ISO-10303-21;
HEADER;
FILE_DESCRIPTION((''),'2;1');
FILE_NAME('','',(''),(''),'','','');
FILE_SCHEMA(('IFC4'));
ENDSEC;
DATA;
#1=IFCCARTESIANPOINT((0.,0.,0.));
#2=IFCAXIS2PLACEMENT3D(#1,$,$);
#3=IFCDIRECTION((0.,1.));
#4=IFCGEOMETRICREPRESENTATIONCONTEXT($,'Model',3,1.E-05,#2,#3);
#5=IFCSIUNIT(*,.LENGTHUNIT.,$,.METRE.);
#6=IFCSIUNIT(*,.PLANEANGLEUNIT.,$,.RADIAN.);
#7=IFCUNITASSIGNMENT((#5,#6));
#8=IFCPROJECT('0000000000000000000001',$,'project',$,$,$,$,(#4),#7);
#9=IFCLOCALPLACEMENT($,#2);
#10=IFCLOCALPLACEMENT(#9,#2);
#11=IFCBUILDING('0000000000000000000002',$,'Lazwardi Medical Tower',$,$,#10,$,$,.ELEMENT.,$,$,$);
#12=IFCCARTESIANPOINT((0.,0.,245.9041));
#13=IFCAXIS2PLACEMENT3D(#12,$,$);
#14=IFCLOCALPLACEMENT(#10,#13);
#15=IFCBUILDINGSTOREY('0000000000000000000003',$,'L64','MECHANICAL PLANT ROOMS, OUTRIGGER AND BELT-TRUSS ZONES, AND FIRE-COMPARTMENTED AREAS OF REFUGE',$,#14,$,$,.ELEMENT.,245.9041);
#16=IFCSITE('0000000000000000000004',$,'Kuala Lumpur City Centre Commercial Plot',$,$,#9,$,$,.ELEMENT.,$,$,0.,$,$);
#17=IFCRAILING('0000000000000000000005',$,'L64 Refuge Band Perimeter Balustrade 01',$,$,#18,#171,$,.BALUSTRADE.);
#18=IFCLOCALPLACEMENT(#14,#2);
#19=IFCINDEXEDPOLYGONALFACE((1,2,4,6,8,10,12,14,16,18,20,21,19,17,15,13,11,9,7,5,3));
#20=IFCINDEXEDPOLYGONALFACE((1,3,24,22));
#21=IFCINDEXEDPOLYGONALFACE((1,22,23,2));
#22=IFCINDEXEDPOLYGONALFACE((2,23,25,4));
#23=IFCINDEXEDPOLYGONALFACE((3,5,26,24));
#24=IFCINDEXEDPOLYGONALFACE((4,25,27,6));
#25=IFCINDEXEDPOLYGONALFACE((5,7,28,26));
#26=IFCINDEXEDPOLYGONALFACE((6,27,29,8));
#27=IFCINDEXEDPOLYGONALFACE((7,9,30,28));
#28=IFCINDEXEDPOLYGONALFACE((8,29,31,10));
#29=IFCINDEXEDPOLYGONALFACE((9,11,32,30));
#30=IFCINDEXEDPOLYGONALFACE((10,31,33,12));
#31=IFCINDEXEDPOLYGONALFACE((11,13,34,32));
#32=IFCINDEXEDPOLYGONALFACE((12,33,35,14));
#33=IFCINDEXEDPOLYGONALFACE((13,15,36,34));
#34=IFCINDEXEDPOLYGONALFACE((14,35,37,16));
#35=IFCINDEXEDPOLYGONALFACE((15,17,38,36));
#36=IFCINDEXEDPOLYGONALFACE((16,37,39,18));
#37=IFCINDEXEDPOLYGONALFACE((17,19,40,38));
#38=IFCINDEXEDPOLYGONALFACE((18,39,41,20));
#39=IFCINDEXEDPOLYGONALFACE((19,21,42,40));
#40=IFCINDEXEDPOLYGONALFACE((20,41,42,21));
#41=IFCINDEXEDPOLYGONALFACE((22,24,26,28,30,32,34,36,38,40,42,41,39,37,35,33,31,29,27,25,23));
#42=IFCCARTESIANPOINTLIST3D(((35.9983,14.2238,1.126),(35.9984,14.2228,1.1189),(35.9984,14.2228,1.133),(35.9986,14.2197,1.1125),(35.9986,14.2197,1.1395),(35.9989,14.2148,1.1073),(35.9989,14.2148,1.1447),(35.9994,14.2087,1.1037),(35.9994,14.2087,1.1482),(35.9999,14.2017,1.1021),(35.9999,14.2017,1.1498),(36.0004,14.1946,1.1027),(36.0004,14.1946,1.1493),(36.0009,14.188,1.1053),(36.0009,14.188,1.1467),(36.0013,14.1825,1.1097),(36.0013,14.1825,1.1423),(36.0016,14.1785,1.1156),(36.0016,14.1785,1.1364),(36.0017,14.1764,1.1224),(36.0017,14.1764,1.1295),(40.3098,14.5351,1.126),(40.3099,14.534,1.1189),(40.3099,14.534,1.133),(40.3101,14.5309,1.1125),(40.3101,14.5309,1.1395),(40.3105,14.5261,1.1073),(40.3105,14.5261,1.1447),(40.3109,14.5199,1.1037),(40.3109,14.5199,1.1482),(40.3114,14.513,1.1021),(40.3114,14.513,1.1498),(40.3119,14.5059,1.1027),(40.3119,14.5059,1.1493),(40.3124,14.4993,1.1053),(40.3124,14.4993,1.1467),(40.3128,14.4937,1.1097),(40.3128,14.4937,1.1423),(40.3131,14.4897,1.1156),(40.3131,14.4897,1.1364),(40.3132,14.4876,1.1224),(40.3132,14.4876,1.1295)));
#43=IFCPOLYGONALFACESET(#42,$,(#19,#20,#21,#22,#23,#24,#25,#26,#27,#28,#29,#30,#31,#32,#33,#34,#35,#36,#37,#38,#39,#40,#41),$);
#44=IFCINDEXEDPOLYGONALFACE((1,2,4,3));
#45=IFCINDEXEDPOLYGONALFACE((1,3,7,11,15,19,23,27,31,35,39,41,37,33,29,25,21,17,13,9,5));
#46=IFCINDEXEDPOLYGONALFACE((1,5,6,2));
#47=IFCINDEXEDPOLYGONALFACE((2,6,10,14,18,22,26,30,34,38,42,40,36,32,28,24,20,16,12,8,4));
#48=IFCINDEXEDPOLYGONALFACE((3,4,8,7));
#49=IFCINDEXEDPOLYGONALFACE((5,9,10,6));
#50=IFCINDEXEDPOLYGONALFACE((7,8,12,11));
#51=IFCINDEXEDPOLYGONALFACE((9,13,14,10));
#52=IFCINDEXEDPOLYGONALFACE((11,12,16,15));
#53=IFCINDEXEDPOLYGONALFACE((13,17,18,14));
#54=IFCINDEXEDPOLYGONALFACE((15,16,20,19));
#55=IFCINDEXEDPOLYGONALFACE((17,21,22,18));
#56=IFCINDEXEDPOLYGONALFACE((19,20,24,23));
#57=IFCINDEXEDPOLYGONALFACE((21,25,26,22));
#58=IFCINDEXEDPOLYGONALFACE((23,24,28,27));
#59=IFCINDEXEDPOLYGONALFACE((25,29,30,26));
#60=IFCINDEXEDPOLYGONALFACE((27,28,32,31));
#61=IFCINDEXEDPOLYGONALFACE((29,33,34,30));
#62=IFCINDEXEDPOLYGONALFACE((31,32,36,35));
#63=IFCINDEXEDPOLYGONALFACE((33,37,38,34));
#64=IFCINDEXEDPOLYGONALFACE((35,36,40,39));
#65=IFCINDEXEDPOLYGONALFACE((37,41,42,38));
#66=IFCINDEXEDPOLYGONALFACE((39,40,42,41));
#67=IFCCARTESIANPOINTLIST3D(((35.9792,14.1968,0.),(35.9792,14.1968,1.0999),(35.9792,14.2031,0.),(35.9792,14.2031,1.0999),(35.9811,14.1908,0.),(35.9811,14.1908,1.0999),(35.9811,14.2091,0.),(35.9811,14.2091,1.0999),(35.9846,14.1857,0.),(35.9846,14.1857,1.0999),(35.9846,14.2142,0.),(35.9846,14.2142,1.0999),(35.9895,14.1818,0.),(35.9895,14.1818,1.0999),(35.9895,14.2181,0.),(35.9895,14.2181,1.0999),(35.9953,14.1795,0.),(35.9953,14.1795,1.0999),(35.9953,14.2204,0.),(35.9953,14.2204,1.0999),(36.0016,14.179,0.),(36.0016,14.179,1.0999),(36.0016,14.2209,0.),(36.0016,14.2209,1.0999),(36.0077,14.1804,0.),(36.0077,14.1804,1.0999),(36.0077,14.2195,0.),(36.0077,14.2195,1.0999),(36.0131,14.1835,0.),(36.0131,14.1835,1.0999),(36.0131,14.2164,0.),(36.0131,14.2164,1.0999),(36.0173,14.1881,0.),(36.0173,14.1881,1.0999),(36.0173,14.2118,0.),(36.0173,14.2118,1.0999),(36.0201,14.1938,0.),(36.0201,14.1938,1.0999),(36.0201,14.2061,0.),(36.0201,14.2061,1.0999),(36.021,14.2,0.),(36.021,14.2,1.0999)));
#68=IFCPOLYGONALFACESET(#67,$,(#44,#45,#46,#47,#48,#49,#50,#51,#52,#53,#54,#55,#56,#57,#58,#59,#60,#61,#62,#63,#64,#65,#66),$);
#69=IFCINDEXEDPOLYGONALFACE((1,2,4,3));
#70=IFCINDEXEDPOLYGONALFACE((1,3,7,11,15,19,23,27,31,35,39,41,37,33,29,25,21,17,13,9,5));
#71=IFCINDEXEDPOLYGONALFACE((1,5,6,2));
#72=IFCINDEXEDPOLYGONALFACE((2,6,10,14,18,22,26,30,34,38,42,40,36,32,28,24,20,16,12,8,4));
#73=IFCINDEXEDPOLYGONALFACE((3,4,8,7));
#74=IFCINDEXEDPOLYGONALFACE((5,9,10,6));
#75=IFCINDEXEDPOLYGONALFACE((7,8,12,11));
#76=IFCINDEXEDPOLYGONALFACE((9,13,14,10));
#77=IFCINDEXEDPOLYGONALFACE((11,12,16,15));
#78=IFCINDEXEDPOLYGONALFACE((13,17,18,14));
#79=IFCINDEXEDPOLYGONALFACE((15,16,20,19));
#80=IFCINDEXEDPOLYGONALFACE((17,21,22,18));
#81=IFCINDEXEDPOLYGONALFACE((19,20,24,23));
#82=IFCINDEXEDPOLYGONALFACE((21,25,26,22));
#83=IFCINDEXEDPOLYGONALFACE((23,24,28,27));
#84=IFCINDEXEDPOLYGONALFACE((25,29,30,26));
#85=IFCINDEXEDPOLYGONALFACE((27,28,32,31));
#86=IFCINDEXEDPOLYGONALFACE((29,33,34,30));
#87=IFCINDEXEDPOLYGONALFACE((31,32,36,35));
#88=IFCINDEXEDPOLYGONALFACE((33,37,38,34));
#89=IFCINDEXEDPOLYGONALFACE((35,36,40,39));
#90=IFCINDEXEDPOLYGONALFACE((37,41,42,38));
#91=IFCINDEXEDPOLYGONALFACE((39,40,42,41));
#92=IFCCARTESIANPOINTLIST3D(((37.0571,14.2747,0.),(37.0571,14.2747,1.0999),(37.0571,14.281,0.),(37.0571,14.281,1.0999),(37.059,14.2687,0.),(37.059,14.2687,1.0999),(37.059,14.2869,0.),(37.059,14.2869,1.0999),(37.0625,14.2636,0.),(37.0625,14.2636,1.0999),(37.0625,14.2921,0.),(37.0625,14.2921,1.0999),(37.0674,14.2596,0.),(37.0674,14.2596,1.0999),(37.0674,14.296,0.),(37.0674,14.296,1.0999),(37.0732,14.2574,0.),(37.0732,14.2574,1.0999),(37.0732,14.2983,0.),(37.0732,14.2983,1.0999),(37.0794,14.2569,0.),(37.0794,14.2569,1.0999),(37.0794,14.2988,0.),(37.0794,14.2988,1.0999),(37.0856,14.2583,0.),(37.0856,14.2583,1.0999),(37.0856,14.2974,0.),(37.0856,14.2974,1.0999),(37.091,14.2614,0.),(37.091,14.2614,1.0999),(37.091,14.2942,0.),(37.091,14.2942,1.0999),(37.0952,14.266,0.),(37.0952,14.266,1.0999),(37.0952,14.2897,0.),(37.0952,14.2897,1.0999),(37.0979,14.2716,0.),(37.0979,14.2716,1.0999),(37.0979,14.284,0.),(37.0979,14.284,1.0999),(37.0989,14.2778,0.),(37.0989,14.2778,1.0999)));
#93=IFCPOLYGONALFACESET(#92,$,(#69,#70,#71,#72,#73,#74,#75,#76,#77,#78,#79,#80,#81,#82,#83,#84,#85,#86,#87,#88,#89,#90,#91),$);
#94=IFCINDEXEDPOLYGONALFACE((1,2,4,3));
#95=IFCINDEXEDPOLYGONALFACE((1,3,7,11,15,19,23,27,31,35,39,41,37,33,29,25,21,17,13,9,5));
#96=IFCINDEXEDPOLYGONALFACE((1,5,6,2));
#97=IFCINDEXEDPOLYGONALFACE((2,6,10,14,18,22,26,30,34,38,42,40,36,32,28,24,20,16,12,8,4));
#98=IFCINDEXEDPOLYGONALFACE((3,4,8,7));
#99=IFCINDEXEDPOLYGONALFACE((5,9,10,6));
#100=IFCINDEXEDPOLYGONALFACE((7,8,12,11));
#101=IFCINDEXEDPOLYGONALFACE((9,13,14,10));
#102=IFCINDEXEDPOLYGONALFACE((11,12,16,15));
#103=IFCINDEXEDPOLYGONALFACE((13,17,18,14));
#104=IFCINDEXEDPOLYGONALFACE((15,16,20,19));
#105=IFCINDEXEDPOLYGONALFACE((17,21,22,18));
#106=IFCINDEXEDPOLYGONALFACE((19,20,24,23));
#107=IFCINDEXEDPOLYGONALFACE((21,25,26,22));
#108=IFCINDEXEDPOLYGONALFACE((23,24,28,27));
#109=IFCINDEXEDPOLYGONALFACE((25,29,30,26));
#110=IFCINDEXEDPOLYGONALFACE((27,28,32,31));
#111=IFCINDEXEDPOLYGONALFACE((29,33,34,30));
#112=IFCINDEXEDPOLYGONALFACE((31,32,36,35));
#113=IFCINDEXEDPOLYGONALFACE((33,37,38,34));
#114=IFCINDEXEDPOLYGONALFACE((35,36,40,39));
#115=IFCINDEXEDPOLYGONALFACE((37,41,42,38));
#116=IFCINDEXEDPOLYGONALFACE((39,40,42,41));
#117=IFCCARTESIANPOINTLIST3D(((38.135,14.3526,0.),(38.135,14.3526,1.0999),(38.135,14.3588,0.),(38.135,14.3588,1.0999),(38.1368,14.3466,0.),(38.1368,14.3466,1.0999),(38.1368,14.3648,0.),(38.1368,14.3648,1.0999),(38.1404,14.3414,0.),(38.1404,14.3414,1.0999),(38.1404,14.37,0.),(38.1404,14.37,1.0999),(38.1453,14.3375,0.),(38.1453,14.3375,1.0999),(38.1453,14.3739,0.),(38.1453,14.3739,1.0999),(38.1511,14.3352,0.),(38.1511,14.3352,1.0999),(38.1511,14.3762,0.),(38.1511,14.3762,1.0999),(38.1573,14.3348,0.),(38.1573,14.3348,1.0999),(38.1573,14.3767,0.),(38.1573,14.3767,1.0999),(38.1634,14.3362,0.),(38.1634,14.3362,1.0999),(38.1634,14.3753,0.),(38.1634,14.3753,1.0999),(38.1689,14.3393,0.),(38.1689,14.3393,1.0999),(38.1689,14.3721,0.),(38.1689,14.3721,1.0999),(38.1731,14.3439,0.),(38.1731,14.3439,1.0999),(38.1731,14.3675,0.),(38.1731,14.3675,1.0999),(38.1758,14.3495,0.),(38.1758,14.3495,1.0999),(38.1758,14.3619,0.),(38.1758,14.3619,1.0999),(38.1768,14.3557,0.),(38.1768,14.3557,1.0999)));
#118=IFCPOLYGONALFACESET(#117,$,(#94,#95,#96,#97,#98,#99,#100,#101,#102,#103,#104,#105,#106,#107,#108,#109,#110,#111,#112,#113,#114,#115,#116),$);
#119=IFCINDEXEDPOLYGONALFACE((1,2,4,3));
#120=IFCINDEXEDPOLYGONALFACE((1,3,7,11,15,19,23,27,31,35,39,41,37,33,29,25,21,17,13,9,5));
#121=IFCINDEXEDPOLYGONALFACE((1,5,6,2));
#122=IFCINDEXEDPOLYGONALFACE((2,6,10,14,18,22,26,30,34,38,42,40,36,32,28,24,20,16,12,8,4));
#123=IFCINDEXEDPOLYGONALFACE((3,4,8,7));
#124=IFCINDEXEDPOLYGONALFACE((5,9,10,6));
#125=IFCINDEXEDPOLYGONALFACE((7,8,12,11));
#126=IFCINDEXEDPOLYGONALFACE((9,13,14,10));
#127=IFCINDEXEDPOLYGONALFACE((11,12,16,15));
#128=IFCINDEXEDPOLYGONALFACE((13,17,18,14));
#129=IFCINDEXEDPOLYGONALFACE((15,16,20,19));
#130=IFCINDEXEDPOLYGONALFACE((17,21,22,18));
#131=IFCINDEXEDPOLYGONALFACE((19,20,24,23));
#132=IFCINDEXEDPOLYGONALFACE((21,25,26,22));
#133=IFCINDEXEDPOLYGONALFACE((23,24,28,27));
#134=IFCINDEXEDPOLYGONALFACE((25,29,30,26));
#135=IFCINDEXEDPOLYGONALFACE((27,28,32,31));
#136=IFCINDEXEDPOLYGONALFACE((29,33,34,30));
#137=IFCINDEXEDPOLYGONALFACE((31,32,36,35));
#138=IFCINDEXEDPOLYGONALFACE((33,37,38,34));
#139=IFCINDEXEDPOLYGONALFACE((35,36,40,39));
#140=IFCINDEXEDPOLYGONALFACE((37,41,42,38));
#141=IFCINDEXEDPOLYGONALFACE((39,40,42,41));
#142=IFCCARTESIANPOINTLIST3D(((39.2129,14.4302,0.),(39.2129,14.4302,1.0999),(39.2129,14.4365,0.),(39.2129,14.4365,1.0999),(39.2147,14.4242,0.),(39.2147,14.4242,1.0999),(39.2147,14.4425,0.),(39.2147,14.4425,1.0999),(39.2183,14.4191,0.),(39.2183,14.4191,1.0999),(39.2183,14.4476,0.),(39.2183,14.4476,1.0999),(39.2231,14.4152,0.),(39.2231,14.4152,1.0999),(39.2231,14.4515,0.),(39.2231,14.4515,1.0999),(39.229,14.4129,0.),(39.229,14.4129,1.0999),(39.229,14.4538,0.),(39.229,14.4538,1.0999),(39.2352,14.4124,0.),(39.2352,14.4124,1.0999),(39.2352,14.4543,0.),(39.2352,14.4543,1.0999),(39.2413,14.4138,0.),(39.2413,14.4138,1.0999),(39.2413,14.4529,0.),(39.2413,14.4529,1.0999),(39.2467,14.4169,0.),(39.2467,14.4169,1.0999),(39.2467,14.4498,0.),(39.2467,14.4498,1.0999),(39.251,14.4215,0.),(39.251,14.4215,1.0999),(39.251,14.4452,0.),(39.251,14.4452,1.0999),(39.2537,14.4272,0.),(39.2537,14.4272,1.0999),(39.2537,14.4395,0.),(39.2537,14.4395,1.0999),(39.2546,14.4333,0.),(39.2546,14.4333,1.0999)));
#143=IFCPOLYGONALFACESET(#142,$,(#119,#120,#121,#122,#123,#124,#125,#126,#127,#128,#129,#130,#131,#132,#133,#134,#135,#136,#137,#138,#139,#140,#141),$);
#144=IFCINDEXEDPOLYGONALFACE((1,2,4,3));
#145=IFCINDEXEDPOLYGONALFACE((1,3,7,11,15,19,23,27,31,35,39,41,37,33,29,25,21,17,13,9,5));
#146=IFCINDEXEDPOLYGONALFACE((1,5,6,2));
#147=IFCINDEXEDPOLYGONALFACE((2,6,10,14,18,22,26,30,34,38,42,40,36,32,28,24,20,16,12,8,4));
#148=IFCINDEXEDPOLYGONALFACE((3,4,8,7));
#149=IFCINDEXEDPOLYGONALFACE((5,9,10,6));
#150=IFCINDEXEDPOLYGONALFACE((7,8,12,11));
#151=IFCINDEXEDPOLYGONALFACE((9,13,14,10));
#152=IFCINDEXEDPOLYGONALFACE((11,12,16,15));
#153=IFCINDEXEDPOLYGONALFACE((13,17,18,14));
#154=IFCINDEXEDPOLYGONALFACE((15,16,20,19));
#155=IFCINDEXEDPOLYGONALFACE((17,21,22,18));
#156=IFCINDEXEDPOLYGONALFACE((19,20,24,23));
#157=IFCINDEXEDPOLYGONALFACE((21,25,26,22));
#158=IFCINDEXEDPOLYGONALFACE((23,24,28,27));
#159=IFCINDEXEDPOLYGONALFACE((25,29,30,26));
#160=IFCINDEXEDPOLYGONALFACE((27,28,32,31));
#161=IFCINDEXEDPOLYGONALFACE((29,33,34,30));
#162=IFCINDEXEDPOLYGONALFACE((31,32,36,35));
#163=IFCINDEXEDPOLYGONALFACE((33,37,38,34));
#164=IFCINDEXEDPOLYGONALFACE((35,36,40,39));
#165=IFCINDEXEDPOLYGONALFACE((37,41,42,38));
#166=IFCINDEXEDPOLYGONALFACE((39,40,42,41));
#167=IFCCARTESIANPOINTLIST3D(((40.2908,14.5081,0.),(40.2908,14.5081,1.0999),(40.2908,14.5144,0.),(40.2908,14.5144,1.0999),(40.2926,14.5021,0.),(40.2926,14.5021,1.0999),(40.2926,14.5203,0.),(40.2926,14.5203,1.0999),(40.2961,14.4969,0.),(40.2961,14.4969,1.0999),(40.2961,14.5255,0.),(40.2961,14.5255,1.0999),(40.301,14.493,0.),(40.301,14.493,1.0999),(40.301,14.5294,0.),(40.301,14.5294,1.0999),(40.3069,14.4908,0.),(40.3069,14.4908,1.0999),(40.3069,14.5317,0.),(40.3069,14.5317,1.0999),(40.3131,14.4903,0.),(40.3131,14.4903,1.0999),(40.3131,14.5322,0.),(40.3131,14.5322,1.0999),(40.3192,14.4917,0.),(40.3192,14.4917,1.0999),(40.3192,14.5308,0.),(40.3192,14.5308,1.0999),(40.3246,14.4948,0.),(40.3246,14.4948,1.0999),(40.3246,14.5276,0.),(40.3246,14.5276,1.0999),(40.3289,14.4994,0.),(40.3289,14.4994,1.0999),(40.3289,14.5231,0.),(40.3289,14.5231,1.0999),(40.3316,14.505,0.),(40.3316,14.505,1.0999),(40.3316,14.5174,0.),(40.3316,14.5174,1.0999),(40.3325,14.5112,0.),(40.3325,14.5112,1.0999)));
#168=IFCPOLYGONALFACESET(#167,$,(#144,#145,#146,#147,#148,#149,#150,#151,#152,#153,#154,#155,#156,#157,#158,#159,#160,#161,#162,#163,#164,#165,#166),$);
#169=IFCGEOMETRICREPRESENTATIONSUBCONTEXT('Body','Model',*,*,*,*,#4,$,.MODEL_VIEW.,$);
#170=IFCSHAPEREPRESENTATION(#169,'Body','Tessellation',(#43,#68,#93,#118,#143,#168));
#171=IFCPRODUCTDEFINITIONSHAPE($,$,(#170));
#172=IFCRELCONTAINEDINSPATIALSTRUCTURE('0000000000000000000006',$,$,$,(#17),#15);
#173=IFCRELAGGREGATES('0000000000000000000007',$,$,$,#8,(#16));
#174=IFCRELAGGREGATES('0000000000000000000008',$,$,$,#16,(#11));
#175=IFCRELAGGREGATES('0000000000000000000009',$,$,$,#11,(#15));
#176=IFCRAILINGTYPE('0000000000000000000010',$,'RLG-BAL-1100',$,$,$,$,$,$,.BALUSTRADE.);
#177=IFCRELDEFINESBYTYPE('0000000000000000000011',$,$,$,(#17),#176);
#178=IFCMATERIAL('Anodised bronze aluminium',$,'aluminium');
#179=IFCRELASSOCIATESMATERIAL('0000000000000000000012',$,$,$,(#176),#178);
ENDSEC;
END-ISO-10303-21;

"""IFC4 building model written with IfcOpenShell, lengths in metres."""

from ifc_helpers import new_model, si_unit, direction, frame, origin, origin_2d, place, context, subcontext, project, spatial, circle, extrude, material, type_object, element, save


model = new_model("IFC4")

# Units and contexts
model_context = context("Model", 3, precision=1e-05, world=origin(), true_north=direction((0.0, 1.0)))
body_context = subcontext(model_context, "Body", "Model", "MODEL_VIEW")
ifc_project = project(units=[si_unit("LENGTHUNIT", "METRE"), si_unit("PLANEANGLEUNIT", "RADIAN")], contexts=[model_context])

# Site, building, storey
site_placement = place(None, origin())
site = spatial("IfcSite", under=ifc_project, at=site_placement, Name="Kuala Lumpur City Centre Commercial Plot", CompositionType="ELEMENT", RefElevation=0.0)
building_placement = place(site_placement, origin())
building = spatial("IfcBuilding", under=site, at=building_placement, Name="Lazwardi Medical Tower", CompositionType="ELEMENT")
storey_placement = place(building_placement, frame((0.0, 0.0, 245.9041)))
storey = spatial("IfcBuildingStorey", under=building, at=storey_placement, Name="L64", Description="MECHANICAL PLANT ROOMS, OUTRIGGER AND BELT-TRUSS ZONES, AND FIRE-COMPARTMENTED AREAS OF REFUGE", CompositionType="ELEMENT", Elevation=245.9041)

# Railing
ifc_material_1 = material(Name="Anodised bronze aluminium", Category="aluminium")
railing_type = type_object("IfcRailingType", Name="RLG-BAL-1100", PredefinedType="BALUSTRADE", material=ifc_material_1)
railing_placement = place(storey_placement, frame((36.0, 14.2, 0.0)))
element("IfcRailing", 1, at=railing_placement, inside=storey, type_object=railing_type, Name="L64 Refuge Band Perimeter Balustrade 01", PredefinedType="BALUSTRADE", context=body_context, shape_type="SweptSolid", body=[
    extrude(circle(Radius=0.0239, at=origin_2d()), frame((0.0, 0.0, 1.126), z_axis=(0.997404, 0.07201, 0.0), x_axis=(-0.07201, 0.997404, 0.0)), (0.0, 0.0, 1.0), 4.3228),
    extrude(circle(Radius=0.021, at=origin_2d()), origin(), (0.0, 0.0, 1.0), 1.0999),
    extrude(circle(Radius=0.021, at=origin_2d()), frame((1.0779, 0.0779, 0.0)), (0.0, 0.0, 1.0), 1.0999),
    extrude(circle(Radius=0.021, at=origin_2d()), frame((2.1558, 0.1558, 0.0)), (0.0, 0.0, 1.0), 1.0999),
    extrude(circle(Radius=0.021, at=origin_2d()), frame((3.2336, 0.2334, 0.0)), (0.0, 0.0, 1.0), 1.0999),
    extrude(circle(Radius=0.021, at=origin_2d()), frame((4.3115, 0.3113, 0.0)), (0.0, 0.0, 1.0), 1.0999),
])

save(model, "model.ifc")
